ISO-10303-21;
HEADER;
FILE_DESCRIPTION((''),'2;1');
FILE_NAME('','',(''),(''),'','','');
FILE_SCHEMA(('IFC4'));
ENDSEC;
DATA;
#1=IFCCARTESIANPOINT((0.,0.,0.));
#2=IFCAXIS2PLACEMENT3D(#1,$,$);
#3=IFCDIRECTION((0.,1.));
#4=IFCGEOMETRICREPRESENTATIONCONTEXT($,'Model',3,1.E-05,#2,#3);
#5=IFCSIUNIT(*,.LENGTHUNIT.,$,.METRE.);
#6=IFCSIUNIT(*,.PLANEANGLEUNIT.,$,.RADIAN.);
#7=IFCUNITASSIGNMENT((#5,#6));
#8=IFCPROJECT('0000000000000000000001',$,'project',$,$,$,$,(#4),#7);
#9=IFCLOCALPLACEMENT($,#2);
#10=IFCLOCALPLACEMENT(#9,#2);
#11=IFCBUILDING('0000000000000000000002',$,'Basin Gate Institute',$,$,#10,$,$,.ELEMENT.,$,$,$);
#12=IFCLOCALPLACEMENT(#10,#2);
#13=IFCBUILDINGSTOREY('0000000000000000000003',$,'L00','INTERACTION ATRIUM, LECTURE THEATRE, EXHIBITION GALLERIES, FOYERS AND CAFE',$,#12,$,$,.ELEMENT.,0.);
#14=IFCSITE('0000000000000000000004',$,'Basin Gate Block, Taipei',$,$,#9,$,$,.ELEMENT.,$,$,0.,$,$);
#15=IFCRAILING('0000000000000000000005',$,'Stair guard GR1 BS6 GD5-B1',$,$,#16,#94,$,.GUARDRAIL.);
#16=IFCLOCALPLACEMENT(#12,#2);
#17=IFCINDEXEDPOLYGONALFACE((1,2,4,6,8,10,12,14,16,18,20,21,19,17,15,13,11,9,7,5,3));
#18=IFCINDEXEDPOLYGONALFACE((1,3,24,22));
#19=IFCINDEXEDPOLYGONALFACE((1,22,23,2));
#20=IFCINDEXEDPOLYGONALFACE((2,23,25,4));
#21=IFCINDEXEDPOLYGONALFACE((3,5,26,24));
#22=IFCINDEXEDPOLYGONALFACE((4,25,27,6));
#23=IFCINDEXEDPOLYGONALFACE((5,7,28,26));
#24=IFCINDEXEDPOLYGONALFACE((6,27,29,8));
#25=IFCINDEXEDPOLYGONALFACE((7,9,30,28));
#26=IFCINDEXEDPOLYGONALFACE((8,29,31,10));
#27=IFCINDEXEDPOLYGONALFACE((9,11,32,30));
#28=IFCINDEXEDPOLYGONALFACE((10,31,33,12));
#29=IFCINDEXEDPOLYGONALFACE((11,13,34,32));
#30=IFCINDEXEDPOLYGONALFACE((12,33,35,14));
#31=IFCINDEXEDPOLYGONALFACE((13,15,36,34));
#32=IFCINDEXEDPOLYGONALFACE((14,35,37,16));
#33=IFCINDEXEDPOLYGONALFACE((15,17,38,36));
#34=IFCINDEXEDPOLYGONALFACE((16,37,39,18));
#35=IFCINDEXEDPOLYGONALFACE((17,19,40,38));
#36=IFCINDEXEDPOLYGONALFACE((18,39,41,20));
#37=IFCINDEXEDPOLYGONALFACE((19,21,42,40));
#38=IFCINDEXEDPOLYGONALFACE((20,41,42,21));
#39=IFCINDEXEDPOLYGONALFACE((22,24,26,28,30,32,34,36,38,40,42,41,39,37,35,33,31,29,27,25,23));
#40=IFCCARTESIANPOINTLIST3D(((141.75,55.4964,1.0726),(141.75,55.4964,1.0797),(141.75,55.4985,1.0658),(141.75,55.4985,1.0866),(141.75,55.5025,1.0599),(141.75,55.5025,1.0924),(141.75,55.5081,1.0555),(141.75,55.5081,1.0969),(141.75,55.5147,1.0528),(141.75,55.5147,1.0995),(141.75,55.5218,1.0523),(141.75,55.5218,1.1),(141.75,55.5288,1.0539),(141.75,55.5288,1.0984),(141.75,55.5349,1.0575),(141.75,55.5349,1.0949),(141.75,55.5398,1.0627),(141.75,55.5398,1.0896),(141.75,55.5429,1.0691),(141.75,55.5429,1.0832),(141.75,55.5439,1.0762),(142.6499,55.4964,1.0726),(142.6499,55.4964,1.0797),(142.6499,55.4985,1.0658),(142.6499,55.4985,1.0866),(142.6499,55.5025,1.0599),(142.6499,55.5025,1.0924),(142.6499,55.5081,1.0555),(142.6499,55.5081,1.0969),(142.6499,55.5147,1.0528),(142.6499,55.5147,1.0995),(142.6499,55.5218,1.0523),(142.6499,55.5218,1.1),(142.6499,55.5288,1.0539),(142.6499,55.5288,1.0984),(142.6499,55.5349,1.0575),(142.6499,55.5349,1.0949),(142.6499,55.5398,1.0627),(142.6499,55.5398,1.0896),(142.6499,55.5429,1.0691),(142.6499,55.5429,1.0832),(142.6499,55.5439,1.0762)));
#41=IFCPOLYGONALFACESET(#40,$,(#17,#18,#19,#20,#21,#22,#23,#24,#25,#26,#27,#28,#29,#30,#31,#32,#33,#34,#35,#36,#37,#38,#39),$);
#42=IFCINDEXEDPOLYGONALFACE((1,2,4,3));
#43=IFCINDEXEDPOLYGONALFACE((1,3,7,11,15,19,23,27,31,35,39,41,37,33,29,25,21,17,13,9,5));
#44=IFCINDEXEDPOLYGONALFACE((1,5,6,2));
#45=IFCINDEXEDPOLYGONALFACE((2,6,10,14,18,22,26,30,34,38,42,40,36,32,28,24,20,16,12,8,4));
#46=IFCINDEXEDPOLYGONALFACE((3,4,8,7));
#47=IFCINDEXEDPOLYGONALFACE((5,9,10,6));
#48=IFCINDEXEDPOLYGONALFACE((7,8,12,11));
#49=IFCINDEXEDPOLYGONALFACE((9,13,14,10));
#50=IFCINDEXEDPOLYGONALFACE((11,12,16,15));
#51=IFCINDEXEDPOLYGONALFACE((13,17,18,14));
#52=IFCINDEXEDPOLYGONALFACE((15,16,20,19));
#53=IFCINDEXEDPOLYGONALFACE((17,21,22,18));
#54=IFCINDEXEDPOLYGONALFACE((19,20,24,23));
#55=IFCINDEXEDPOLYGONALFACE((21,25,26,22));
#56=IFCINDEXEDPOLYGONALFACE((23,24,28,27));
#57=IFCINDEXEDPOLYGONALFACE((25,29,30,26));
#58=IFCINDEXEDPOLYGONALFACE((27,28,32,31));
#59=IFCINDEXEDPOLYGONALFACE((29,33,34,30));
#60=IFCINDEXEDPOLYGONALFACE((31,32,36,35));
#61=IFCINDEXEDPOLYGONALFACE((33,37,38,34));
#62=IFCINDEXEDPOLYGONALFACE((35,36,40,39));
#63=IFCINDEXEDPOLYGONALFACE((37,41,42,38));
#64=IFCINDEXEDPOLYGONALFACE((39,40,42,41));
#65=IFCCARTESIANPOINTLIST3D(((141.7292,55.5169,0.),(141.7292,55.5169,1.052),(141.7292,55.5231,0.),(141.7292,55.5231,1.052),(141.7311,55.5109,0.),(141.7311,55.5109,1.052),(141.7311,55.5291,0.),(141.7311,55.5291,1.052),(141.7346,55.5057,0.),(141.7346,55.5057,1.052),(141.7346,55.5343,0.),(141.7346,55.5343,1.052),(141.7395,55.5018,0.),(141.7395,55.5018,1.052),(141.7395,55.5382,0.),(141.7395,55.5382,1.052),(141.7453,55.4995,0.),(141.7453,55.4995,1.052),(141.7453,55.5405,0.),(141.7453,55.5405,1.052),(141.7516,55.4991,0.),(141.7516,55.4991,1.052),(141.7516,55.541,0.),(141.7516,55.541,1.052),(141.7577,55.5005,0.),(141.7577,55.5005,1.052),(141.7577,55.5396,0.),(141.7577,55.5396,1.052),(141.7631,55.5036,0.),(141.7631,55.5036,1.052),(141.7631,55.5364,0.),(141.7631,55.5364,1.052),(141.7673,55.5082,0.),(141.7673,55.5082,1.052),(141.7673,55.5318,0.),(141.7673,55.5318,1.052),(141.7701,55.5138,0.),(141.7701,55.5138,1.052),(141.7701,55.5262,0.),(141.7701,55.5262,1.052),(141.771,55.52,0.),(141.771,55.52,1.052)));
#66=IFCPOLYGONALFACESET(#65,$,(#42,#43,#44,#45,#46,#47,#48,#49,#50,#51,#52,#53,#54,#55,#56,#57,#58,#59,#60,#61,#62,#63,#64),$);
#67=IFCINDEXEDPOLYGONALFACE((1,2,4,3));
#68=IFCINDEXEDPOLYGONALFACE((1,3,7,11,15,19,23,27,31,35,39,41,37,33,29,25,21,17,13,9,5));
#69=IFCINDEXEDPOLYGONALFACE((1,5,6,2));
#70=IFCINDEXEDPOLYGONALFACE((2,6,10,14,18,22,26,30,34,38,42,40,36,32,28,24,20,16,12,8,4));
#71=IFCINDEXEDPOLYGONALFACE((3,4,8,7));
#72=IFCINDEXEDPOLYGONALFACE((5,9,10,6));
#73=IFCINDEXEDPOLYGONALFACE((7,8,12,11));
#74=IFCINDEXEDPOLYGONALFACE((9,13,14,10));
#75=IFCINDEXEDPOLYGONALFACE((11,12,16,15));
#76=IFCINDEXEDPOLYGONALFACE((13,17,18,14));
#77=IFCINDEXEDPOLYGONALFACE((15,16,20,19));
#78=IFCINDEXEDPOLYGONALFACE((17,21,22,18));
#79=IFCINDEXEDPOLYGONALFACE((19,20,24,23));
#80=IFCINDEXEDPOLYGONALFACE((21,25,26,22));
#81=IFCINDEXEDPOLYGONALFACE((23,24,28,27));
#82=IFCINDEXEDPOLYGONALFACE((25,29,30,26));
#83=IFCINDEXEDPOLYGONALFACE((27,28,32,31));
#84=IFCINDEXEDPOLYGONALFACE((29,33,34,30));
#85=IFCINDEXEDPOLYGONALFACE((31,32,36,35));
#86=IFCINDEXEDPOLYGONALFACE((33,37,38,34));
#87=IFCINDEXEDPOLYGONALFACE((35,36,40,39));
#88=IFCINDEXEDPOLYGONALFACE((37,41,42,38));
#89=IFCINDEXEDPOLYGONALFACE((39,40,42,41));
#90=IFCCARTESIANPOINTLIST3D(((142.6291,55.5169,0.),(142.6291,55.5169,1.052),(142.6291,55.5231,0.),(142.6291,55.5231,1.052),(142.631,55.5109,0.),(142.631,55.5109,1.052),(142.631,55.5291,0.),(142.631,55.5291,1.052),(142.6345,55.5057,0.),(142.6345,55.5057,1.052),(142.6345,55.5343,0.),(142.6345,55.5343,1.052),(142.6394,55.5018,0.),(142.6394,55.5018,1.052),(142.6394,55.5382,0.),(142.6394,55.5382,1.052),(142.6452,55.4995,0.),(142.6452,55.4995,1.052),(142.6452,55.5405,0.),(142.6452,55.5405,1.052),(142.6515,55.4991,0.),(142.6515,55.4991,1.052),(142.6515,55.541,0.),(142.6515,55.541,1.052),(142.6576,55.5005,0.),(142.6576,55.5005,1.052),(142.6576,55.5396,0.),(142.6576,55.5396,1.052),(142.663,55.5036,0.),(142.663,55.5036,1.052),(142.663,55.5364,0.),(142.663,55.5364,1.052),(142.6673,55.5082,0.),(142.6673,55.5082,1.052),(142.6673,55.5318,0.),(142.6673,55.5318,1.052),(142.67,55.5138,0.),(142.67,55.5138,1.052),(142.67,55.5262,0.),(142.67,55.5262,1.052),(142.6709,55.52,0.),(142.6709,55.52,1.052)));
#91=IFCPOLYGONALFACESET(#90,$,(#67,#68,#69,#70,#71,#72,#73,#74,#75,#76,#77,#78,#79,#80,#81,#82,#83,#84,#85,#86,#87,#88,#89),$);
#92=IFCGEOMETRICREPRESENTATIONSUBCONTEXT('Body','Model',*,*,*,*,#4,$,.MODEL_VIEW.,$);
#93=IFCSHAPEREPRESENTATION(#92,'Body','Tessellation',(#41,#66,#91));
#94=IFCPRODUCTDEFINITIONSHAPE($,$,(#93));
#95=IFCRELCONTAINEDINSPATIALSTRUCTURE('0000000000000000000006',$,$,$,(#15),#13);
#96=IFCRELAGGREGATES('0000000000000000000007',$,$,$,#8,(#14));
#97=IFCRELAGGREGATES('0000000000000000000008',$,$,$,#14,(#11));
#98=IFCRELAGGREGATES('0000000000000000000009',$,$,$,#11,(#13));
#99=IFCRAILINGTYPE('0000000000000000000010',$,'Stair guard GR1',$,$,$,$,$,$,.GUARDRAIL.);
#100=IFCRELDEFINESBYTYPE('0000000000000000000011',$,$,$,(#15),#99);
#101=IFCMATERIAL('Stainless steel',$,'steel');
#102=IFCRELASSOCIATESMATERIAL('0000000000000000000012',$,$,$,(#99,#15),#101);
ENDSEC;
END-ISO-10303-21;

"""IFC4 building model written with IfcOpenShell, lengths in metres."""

from ifc_helpers import new_model, si_unit, direction, frame, origin, origin_2d, place, context, subcontext, project, spatial, circle, extrude, material, type_object, element, save


model = new_model("IFC4")

# Units and contexts
model_context = context("Model", 3, precision=1e-05, world=origin(), true_north=direction((0.0, 1.0)))
body_context = subcontext(model_context, "Body", "Model", "MODEL_VIEW")
ifc_project = project(units=[si_unit("LENGTHUNIT", "METRE"), si_unit("PLANEANGLEUNIT", "RADIAN")], contexts=[model_context])

# Site, building, storey
site_placement = place(None, origin())
site = spatial("IfcSite", under=ifc_project, at=site_placement, Name="Basin Gate Block, Taipei", CompositionType="ELEMENT", RefElevation=0.0)
building_placement = place(site_placement, origin())
building = spatial("IfcBuilding", under=site, at=building_placement, Name="Basin Gate Institute", CompositionType="ELEMENT")
storey_placement = place(building_placement, origin())
storey = spatial("IfcBuildingStorey", under=building, at=storey_placement, Name="L00", Description="INTERACTION ATRIUM, LECTURE THEATRE, EXHIBITION GALLERIES, FOYERS AND CAFE", CompositionType="ELEMENT", Elevation=0.0)

# Railing
ifc_material_1 = material(Name="Stainless steel", Category="steel")
railing_type = type_object("IfcRailingType", Name="Stair guard GR1", PredefinedType="GUARDRAIL", material=ifc_material_1)
railing_1_placement = place(storey_placement, frame((141.75, 55.52, 0.0)))
element("IfcRailing", 1, at=railing_1_placement, inside=storey, type_object=railing_type, material=ifc_material_1, Name="Stair guard GR1 BS6 GD5-B1", PredefinedType="GUARDRAIL", context=body_context, shape_type="SweptSolid", body=[
    extrude(circle(Radius=0.0239, at=origin_2d()), frame((0.0, 0.0, 1.0762), z_axis=(1.0, 0.0, 0.0), x_axis=(0.0, 1.0, 0.0)), (0.0, 0.0, 1.0), 0.8999),
    extrude(circle(Radius=0.021, at=origin_2d()), origin(), (0.0, 0.0, 1.0), 1.052),
    extrude(circle(Radius=0.021, at=origin_2d()), frame((0.8999, 0.0, 0.0)), (0.0, 0.0, 1.0), 1.052),
])

save(model, "model.ifc")
